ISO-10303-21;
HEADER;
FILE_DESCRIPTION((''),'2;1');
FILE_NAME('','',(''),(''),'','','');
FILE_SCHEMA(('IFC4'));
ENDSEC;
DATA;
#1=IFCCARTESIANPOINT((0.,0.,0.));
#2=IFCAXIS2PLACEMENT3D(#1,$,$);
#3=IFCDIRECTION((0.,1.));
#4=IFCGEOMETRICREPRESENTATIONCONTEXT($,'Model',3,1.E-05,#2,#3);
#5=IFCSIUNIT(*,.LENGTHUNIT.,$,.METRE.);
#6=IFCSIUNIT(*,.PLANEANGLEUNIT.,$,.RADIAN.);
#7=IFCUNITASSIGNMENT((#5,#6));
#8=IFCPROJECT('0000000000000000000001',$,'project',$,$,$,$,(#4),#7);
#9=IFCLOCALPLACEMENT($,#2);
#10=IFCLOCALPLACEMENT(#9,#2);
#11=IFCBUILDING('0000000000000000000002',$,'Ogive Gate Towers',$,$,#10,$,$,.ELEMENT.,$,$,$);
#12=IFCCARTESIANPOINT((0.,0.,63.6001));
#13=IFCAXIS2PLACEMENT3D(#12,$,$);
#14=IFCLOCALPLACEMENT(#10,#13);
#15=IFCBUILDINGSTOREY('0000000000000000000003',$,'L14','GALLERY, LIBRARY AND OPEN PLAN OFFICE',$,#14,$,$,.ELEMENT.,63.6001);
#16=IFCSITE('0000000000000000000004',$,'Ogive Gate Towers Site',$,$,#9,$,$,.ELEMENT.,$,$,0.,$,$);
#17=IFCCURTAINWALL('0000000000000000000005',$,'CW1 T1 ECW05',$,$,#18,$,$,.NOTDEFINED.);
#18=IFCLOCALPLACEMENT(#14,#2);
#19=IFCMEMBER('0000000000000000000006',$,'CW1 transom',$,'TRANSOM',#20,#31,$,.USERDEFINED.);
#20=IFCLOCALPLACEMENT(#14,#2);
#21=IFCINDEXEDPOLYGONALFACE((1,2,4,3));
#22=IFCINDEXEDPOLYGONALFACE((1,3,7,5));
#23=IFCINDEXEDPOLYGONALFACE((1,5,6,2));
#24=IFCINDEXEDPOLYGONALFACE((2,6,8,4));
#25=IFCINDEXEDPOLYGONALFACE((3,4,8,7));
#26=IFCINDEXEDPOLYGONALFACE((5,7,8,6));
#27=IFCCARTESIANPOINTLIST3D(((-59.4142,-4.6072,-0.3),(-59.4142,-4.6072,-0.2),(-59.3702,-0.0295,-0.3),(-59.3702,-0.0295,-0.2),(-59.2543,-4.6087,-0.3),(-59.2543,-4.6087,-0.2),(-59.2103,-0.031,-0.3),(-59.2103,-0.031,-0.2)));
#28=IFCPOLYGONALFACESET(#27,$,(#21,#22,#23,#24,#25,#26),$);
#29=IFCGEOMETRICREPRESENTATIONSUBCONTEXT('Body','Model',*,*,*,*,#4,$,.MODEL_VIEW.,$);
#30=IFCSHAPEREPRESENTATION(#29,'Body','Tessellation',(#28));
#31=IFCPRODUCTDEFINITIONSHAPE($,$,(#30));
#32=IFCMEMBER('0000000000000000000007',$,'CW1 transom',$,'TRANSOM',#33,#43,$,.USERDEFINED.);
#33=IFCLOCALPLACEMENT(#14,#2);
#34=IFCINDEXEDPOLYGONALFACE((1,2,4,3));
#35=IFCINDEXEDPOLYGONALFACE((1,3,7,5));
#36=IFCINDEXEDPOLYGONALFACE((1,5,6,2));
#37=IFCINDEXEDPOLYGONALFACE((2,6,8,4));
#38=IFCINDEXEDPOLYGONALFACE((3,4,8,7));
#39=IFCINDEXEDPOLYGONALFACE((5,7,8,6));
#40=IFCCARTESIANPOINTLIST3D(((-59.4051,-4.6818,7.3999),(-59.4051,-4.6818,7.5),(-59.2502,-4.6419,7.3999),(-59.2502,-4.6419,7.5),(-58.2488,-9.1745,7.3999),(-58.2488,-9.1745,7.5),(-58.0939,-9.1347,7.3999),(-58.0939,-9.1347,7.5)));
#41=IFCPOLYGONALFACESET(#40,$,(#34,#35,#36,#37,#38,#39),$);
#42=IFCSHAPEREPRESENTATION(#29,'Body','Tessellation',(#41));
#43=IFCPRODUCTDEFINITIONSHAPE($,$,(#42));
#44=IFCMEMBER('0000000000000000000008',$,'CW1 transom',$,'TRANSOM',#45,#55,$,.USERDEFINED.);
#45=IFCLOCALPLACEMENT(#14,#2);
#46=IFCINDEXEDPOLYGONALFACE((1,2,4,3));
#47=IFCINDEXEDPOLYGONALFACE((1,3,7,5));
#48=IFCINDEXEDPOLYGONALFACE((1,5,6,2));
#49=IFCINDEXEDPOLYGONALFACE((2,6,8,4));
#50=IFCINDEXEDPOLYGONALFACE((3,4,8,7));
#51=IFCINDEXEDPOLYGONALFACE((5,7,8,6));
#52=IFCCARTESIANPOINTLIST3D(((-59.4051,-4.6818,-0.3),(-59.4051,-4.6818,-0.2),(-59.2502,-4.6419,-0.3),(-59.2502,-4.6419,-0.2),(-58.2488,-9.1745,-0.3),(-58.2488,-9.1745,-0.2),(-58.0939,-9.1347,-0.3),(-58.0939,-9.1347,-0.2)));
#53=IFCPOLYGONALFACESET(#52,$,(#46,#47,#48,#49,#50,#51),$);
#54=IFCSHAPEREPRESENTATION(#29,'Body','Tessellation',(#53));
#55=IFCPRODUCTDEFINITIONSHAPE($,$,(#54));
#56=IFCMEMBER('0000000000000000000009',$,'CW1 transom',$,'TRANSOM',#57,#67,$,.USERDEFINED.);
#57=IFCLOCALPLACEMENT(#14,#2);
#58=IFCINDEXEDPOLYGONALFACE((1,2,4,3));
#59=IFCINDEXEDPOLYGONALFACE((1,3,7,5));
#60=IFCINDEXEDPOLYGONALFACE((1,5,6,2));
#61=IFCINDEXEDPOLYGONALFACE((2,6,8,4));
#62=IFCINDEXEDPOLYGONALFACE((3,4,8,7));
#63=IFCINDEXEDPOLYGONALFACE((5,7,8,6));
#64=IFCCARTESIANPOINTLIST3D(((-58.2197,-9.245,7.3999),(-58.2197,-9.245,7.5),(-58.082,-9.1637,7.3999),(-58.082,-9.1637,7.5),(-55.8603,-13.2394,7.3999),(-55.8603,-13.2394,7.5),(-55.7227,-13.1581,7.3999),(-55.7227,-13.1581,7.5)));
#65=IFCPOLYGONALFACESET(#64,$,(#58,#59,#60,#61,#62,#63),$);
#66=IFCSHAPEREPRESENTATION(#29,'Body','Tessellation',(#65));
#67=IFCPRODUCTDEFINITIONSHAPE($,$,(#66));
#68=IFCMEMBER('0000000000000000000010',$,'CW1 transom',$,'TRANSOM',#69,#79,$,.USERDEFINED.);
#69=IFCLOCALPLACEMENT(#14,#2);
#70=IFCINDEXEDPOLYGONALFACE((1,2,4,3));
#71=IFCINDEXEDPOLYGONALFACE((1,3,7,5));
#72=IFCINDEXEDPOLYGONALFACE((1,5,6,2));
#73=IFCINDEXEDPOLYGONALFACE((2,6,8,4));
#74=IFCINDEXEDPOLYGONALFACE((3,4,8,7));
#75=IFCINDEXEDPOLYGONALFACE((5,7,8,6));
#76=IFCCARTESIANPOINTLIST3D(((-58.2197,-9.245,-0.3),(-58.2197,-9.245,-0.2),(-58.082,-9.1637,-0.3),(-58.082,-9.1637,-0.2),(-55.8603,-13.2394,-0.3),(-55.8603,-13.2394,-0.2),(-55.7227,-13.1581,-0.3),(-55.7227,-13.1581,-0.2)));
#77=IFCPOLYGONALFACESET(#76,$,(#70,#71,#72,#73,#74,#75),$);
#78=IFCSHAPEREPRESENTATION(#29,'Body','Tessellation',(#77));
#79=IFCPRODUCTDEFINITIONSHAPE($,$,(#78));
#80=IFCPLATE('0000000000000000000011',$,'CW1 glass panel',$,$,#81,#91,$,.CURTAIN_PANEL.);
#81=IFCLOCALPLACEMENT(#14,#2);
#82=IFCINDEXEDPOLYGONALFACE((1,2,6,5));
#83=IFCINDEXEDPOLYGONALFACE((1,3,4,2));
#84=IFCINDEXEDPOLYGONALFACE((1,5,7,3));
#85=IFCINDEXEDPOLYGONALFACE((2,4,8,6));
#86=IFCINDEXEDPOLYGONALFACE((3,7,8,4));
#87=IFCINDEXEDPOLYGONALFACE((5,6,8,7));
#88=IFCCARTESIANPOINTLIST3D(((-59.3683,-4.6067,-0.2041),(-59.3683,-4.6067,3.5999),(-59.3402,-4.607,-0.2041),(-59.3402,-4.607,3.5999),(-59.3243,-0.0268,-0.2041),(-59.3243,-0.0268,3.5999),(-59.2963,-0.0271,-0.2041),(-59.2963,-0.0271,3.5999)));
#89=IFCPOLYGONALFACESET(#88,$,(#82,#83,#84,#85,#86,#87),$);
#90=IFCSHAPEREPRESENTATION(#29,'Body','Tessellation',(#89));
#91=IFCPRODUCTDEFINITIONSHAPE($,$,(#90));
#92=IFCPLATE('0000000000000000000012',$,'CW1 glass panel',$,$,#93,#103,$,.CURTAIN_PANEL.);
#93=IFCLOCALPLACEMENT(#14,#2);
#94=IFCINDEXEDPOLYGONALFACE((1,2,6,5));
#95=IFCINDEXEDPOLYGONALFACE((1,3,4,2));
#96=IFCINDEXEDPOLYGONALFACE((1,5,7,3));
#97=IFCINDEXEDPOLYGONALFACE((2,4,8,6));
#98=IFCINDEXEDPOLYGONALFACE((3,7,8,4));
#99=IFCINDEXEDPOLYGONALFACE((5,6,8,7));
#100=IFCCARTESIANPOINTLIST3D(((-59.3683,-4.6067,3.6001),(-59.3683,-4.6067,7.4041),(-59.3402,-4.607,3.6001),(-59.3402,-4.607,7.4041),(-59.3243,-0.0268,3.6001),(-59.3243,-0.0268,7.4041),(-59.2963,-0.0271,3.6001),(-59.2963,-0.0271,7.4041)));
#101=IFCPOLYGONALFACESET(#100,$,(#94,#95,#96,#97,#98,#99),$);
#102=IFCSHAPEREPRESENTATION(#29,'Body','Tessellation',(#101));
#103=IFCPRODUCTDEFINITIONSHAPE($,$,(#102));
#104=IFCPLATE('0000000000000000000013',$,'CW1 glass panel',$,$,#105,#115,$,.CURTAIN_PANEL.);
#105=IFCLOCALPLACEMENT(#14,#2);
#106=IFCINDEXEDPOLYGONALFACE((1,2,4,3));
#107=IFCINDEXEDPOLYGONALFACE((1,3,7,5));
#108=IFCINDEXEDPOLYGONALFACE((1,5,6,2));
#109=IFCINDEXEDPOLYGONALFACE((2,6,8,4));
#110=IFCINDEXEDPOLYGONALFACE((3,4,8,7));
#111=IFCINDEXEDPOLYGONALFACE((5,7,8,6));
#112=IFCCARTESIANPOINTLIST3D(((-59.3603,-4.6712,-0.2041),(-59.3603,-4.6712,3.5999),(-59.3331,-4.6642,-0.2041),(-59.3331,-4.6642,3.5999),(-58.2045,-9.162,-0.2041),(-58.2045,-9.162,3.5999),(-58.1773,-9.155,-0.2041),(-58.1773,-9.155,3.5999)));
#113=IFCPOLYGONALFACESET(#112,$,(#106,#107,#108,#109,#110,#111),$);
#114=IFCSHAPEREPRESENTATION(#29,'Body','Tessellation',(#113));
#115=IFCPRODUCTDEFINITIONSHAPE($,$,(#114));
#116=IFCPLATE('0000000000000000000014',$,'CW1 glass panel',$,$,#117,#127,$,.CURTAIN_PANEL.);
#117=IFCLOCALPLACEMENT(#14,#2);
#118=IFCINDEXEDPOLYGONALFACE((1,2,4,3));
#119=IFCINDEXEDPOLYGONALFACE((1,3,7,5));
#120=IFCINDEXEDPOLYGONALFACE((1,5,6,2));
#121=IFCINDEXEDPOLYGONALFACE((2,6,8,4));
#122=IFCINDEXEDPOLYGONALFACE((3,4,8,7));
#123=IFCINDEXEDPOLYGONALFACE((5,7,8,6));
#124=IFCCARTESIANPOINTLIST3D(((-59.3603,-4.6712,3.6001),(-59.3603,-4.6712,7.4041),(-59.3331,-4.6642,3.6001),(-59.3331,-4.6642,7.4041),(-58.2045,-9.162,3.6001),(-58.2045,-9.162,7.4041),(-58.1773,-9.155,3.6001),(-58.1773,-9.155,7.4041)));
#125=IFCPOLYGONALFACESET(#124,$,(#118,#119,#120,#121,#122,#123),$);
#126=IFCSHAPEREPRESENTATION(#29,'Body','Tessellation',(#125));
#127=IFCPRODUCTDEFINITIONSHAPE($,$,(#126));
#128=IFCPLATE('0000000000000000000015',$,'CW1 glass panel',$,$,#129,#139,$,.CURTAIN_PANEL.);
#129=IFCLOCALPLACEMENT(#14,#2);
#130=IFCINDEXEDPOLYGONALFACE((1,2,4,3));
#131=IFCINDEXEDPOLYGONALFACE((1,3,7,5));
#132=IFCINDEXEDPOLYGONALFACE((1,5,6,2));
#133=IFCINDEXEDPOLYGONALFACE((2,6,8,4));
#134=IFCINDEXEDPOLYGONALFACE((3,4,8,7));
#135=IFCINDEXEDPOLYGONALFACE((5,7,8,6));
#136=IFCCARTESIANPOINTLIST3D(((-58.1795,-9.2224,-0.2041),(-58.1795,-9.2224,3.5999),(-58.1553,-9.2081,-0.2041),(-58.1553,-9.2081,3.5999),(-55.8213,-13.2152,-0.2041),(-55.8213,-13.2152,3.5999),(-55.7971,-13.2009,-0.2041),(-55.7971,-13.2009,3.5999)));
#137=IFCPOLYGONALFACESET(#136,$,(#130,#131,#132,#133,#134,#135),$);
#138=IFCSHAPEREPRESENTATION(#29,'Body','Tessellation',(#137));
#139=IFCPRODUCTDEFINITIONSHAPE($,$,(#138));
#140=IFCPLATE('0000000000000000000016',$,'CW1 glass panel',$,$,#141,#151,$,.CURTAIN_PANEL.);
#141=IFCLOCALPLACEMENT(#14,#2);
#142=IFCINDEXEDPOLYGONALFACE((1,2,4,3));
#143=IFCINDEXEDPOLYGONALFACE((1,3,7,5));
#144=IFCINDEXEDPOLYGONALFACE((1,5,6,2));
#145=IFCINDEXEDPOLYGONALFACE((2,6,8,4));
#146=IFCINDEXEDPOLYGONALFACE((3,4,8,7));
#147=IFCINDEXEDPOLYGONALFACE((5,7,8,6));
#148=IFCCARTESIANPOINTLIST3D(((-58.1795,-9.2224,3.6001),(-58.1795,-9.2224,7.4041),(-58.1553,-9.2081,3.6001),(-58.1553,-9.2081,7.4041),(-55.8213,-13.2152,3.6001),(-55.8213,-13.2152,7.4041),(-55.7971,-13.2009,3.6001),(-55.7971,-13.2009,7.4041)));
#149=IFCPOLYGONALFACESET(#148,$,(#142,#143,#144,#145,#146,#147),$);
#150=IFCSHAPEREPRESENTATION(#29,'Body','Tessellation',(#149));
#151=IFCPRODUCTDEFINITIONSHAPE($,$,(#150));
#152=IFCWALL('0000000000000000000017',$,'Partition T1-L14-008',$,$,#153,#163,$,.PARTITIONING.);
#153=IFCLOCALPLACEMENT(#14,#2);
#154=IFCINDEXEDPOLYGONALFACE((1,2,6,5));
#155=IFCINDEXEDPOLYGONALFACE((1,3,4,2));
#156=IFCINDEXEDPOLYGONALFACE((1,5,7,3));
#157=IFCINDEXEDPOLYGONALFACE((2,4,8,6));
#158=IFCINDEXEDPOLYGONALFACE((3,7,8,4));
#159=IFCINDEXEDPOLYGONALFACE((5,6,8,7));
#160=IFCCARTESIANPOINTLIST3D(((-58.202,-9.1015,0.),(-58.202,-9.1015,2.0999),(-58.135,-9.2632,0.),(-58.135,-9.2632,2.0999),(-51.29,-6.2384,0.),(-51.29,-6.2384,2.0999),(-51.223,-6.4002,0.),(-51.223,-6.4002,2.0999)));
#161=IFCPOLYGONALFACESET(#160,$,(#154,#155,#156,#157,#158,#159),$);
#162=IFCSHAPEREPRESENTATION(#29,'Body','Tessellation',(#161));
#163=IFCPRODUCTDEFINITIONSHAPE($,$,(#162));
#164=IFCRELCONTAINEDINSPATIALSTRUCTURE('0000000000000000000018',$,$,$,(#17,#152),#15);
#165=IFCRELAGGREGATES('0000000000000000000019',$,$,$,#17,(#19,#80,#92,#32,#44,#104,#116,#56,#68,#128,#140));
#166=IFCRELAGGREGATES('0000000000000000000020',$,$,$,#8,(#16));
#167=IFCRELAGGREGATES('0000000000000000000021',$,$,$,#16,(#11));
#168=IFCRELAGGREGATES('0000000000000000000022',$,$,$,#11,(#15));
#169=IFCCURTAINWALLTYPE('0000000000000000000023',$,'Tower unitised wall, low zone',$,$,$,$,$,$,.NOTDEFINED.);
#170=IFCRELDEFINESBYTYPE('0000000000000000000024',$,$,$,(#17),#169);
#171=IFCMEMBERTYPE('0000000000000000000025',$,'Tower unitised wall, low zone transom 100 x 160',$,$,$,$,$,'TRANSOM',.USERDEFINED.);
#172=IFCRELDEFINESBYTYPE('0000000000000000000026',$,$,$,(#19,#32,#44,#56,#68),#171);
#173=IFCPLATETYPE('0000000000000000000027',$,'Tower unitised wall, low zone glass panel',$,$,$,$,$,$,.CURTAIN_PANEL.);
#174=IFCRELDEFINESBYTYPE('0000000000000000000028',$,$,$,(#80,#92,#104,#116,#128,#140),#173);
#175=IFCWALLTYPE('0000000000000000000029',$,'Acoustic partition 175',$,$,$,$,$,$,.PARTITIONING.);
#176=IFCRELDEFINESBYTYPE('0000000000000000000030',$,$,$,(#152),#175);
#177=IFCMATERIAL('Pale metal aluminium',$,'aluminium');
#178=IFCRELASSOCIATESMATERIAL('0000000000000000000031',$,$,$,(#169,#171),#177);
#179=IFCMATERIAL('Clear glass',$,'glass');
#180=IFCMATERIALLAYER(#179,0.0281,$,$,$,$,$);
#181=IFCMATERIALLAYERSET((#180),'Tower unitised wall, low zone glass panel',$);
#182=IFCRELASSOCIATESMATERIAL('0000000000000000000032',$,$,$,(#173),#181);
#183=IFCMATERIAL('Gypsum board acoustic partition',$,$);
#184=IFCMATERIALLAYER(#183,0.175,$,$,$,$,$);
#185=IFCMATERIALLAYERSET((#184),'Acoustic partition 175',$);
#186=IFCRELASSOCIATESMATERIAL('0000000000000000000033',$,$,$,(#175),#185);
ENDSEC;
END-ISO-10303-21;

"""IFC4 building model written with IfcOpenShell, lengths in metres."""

from ifc_helpers import new_model, si_unit, direction, frame, frame_2d, origin, origin_2d, place, context, subcontext, project, spatial, rectangle, extrude, material, layer, layer_set, material_profile, profile_set, type_object, element, aggregate, save


model = new_model("IFC4")

# Units and contexts
model_context = context("Model", 3, precision=1e-05, world=origin(), true_north=direction((0.0, 1.0)))
body_context = subcontext(model_context, "Body", "Model", "MODEL_VIEW")
ifc_project = project(units=[si_unit("LENGTHUNIT", "METRE"), si_unit("PLANEANGLEUNIT", "RADIAN")], contexts=[model_context])

# Site, building, storey
site_placement = place(None, origin())
site = spatial("IfcSite", under=ifc_project, at=site_placement, Name="Ogive Gate Towers Site", CompositionType="ELEMENT", RefElevation=0.0)
building_placement = place(site_placement, origin())
building = spatial("IfcBuilding", under=site, at=building_placement, Name="Ogive Gate Towers", CompositionType="ELEMENT")
storey_placement = place(building_placement, frame((0.0, 0.0, 63.6001)))
storey = spatial("IfcBuildingStorey", under=building, at=storey_placement, Name="L14", Description="GALLERY, LIBRARY AND OPEN PLAN OFFICE", CompositionType="ELEMENT", Elevation=63.6001)

# Curtain wall, members, plates
ifc_material_1 = material(Name="Pale metal aluminium", Category="aluminium")
curtain_wall_type = type_object("IfcCurtainWallType", Name="Tower unitised wall, low zone", PredefinedType="NOTDEFINED", material=ifc_material_1)
curtain_wall_placement = place(storey_placement, origin())
curtain_wall = element("IfcCurtainWall", 1, at=curtain_wall_placement, inside=storey, type_object=curtain_wall_type, Name="CW1 T1 ECW05", PredefinedType="NOTDEFINED")
ifc_material_profile_1 = material_profile(ifc_material_1, rectangle(XDim=0.1599, YDim=0.1001, at=origin_2d()), Name="100 x 160 aluminium box")
ifc_profile_set_1 = profile_set([ifc_material_profile_1], Name="Pale metal aluminium")
member_type_1 = type_object("IfcMemberType", Name="Tower unitised wall, low zone transom 100 x 160", ElementType="TRANSOM", PredefinedType="USERDEFINED", material=ifc_profile_set_1)
member_1_placement = place(storey_placement, frame((-59.2903, -0.0303, -0.25), z_axis=(-0.0096, -0.999954, 0.0), x_axis=(0.999954, -0.0096, 0.0)))
member_1 = element("IfcMember", 2, at=member_1_placement, type_object=member_type_1, Name="CW1 transom", ObjectType="TRANSOM", PredefinedType="USERDEFINED", context=body_context, shape_type="SweptSolid", body=[
    extrude(rectangle(XDim=0.1599, YDim=0.1001, at=origin_2d()), origin(), (0.0, 0.0, 1.0), 4.5779),
])
member_2_placement = place(storey_placement, frame((-59.3276, -4.6619, 7.45), z_axis=(0.249241, -0.968441, 0.0), x_axis=(0.968441, 0.249241, 0.0)))
member_2 = element("IfcMember", 3, at=member_2_placement, type_object=member_type_1, Name="CW1 transom", ObjectType="TRANSOM", PredefinedType="USERDEFINED", context=body_context, shape_type="SweptSolid", body=[
    extrude(rectangle(XDim=0.1599, YDim=0.1001, at=origin_2d()), origin(), (0.0, 0.0, 1.0), 4.6392),
])
member_3_placement = place(storey_placement, frame((-59.3276, -4.6619, -0.25), z_axis=(0.249241, -0.968441, 0.0), x_axis=(0.968441, 0.249241, 0.0)))
member_3 = element("IfcMember", 4, at=member_3_placement, type_object=member_type_1, Name="CW1 transom", ObjectType="TRANSOM", PredefinedType="USERDEFINED", context=body_context, shape_type="SweptSolid", body=[
    extrude(rectangle(XDim=0.1599, YDim=0.1001, at=origin_2d()), origin(), (0.0, 0.0, 1.0), 4.6392),
])
member_4_placement = place(storey_placement, frame((-58.1509, -9.2043, 7.45), z_axis=(0.508579, -0.861016, 0.0), x_axis=(0.861016, 0.508579, 0.0)))
member_4 = element("IfcMember", 5, at=member_4_placement, type_object=member_type_1, Name="CW1 transom", ObjectType="TRANSOM", PredefinedType="USERDEFINED", context=body_context, shape_type="SweptSolid", body=[
    extrude(rectangle(XDim=0.1599, YDim=0.1001, at=origin_2d()), origin(), (0.0, 0.0, 1.0), 4.6392),
])
member_5_placement = place(storey_placement, frame((-58.1509, -9.2043, -0.25), z_axis=(0.508579, -0.861016, 0.0), x_axis=(0.861016, 0.508579, 0.0)))
member_5 = element("IfcMember", 6, at=member_5_placement, type_object=member_type_1, Name="CW1 transom", ObjectType="TRANSOM", PredefinedType="USERDEFINED", context=body_context, shape_type="SweptSolid", body=[
    extrude(rectangle(XDim=0.1599, YDim=0.1001, at=origin_2d()), origin(), (0.0, 0.0, 1.0), 4.6392),
])
ifc_material_2 = material(Name="Clear glass", Category="glass")
ifc_layer_1 = layer(ifc_material_2, 0.0281)
ifc_layer_set_1 = layer_set([ifc_layer_1], Name="Tower unitised wall, low zone glass panel")
plate_type = type_object("IfcPlateType", Name="Tower unitised wall, low zone glass panel", PredefinedType="CURTAIN_PANEL", material=ifc_layer_set_1)
plate_1_placement = place(storey_placement, frame((-59.3323, -2.3169, -0.2041), z_axis=(0.0, 0.0, 1.0), x_axis=(-0.009599, -0.999954, 0.0)))
plate_1 = element("IfcPlate", 7, at=plate_1_placement, type_object=plate_type, Name="CW1 glass panel", PredefinedType="CURTAIN_PANEL", context=body_context, shape_type="SweptSolid", body=[
    extrude(rectangle(XDim=4.5801, YDim=0.0281, at=origin_2d()), origin(), (0.0, 0.0, 1.0), 3.804),
])
plate_2_placement = place(storey_placement, frame((-59.3323, -2.3169, 3.6001), z_axis=(0.0, 0.0, 1.0), x_axis=(-0.009599, -0.999954, 0.0)))
plate_2 = element("IfcPlate", 8, at=plate_2_placement, type_object=plate_type, Name="CW1 glass panel", PredefinedType="CURTAIN_PANEL", context=body_context, shape_type="SweptSolid", body=[
    extrude(rectangle(XDim=4.5801, YDim=0.0281, at=origin_2d()), origin(), (0.0, 0.0, 1.0), 3.804),
])
plate_3_placement = place(storey_placement, frame((-58.7688, -6.9131, -0.2041), z_axis=(0.0, 0.0, 1.0), x_axis=(0.249248, -0.96844, 0.0)))
plate_3 = element("IfcPlate", 9, at=plate_3_placement, type_object=plate_type, Name="CW1 glass panel", PredefinedType="CURTAIN_PANEL", context=body_context, shape_type="SweptSolid", body=[
    extrude(rectangle(XDim=4.6372, YDim=0.0281, at=origin_2d()), origin(), (0.0, 0.0, 1.0), 3.804),
])
plate_4_placement = place(storey_placement, frame((-58.7688, -6.9131, 3.6001), z_axis=(0.0, 0.0, 1.0), x_axis=(0.249248, -0.96844, 0.0)))
plate_4 = element("IfcPlate", 10, at=plate_4_placement, type_object=plate_type, Name="CW1 glass panel", PredefinedType="CURTAIN_PANEL", context=body_context, shape_type="SweptSolid", body=[
    extrude(rectangle(XDim=4.6372, YDim=0.0281, at=origin_2d()), origin(), (0.0, 0.0, 1.0), 3.804),
])
plate_5_placement = place(storey_placement, frame((-56.9883, -11.2117, -0.2041), z_axis=(0.0, 0.0, 1.0), x_axis=(0.508546, -0.861035, 0.0)))
plate_5 = element("IfcPlate", 11, at=plate_5_placement, type_object=plate_type, Name="CW1 glass panel", PredefinedType="CURTAIN_PANEL", context=body_context, shape_type="SweptSolid", body=[
    extrude(rectangle(XDim=4.6372, YDim=0.0281, at=origin_2d()), origin(), (0.0, 0.0, 1.0), 3.804),
])
plate_6_placement = place(storey_placement, frame((-56.9883, -11.2117, 3.6001), z_axis=(0.0, 0.0, 1.0), x_axis=(0.508546, -0.861035, 0.0)))
plate_6 = element("IfcPlate", 12, at=plate_6_placement, type_object=plate_type, Name="CW1 glass panel", PredefinedType="CURTAIN_PANEL", context=body_context, shape_type="SweptSolid", body=[
    extrude(rectangle(XDim=4.6372, YDim=0.0281, at=origin_2d()), origin(), (0.0, 0.0, 1.0), 3.804),
])
aggregate(curtain_wall, [member_1, plate_1, plate_2, member_2, member_3, plate_3, plate_4, member_4, member_5, plate_5, plate_6])

# Wall
ifc_material_3 = material(Name="Gypsum board acoustic partition")
ifc_layer_2 = layer(ifc_material_3, 0.175)
ifc_layer_set_2 = layer_set([ifc_layer_2], Name="Acoustic partition 175")
wall_type = type_object("IfcWallType", Name="Acoustic partition 175", PredefinedType="PARTITIONING", material=ifc_layer_set_2)
wall_1_placement = place(storey_placement, frame((-58.1685, -9.1824, 0.0), z_axis=(0.0, 0.0, 1.0), x_axis=(0.923877, 0.382689, 0.0)))
element("IfcWall", 13, at=wall_1_placement, inside=storey, type_object=wall_type, Name="Partition T1-L14-008", PredefinedType="PARTITIONING", context=body_context, shape_type="SweptSolid", body=[
    extrude(rectangle(XDim=7.4814, YDim=0.175, at=frame_2d((3.7407, 0.0))), origin(), (0.0, 0.0, 1.0), 2.0999),
])

save(model, "model.ifc")
